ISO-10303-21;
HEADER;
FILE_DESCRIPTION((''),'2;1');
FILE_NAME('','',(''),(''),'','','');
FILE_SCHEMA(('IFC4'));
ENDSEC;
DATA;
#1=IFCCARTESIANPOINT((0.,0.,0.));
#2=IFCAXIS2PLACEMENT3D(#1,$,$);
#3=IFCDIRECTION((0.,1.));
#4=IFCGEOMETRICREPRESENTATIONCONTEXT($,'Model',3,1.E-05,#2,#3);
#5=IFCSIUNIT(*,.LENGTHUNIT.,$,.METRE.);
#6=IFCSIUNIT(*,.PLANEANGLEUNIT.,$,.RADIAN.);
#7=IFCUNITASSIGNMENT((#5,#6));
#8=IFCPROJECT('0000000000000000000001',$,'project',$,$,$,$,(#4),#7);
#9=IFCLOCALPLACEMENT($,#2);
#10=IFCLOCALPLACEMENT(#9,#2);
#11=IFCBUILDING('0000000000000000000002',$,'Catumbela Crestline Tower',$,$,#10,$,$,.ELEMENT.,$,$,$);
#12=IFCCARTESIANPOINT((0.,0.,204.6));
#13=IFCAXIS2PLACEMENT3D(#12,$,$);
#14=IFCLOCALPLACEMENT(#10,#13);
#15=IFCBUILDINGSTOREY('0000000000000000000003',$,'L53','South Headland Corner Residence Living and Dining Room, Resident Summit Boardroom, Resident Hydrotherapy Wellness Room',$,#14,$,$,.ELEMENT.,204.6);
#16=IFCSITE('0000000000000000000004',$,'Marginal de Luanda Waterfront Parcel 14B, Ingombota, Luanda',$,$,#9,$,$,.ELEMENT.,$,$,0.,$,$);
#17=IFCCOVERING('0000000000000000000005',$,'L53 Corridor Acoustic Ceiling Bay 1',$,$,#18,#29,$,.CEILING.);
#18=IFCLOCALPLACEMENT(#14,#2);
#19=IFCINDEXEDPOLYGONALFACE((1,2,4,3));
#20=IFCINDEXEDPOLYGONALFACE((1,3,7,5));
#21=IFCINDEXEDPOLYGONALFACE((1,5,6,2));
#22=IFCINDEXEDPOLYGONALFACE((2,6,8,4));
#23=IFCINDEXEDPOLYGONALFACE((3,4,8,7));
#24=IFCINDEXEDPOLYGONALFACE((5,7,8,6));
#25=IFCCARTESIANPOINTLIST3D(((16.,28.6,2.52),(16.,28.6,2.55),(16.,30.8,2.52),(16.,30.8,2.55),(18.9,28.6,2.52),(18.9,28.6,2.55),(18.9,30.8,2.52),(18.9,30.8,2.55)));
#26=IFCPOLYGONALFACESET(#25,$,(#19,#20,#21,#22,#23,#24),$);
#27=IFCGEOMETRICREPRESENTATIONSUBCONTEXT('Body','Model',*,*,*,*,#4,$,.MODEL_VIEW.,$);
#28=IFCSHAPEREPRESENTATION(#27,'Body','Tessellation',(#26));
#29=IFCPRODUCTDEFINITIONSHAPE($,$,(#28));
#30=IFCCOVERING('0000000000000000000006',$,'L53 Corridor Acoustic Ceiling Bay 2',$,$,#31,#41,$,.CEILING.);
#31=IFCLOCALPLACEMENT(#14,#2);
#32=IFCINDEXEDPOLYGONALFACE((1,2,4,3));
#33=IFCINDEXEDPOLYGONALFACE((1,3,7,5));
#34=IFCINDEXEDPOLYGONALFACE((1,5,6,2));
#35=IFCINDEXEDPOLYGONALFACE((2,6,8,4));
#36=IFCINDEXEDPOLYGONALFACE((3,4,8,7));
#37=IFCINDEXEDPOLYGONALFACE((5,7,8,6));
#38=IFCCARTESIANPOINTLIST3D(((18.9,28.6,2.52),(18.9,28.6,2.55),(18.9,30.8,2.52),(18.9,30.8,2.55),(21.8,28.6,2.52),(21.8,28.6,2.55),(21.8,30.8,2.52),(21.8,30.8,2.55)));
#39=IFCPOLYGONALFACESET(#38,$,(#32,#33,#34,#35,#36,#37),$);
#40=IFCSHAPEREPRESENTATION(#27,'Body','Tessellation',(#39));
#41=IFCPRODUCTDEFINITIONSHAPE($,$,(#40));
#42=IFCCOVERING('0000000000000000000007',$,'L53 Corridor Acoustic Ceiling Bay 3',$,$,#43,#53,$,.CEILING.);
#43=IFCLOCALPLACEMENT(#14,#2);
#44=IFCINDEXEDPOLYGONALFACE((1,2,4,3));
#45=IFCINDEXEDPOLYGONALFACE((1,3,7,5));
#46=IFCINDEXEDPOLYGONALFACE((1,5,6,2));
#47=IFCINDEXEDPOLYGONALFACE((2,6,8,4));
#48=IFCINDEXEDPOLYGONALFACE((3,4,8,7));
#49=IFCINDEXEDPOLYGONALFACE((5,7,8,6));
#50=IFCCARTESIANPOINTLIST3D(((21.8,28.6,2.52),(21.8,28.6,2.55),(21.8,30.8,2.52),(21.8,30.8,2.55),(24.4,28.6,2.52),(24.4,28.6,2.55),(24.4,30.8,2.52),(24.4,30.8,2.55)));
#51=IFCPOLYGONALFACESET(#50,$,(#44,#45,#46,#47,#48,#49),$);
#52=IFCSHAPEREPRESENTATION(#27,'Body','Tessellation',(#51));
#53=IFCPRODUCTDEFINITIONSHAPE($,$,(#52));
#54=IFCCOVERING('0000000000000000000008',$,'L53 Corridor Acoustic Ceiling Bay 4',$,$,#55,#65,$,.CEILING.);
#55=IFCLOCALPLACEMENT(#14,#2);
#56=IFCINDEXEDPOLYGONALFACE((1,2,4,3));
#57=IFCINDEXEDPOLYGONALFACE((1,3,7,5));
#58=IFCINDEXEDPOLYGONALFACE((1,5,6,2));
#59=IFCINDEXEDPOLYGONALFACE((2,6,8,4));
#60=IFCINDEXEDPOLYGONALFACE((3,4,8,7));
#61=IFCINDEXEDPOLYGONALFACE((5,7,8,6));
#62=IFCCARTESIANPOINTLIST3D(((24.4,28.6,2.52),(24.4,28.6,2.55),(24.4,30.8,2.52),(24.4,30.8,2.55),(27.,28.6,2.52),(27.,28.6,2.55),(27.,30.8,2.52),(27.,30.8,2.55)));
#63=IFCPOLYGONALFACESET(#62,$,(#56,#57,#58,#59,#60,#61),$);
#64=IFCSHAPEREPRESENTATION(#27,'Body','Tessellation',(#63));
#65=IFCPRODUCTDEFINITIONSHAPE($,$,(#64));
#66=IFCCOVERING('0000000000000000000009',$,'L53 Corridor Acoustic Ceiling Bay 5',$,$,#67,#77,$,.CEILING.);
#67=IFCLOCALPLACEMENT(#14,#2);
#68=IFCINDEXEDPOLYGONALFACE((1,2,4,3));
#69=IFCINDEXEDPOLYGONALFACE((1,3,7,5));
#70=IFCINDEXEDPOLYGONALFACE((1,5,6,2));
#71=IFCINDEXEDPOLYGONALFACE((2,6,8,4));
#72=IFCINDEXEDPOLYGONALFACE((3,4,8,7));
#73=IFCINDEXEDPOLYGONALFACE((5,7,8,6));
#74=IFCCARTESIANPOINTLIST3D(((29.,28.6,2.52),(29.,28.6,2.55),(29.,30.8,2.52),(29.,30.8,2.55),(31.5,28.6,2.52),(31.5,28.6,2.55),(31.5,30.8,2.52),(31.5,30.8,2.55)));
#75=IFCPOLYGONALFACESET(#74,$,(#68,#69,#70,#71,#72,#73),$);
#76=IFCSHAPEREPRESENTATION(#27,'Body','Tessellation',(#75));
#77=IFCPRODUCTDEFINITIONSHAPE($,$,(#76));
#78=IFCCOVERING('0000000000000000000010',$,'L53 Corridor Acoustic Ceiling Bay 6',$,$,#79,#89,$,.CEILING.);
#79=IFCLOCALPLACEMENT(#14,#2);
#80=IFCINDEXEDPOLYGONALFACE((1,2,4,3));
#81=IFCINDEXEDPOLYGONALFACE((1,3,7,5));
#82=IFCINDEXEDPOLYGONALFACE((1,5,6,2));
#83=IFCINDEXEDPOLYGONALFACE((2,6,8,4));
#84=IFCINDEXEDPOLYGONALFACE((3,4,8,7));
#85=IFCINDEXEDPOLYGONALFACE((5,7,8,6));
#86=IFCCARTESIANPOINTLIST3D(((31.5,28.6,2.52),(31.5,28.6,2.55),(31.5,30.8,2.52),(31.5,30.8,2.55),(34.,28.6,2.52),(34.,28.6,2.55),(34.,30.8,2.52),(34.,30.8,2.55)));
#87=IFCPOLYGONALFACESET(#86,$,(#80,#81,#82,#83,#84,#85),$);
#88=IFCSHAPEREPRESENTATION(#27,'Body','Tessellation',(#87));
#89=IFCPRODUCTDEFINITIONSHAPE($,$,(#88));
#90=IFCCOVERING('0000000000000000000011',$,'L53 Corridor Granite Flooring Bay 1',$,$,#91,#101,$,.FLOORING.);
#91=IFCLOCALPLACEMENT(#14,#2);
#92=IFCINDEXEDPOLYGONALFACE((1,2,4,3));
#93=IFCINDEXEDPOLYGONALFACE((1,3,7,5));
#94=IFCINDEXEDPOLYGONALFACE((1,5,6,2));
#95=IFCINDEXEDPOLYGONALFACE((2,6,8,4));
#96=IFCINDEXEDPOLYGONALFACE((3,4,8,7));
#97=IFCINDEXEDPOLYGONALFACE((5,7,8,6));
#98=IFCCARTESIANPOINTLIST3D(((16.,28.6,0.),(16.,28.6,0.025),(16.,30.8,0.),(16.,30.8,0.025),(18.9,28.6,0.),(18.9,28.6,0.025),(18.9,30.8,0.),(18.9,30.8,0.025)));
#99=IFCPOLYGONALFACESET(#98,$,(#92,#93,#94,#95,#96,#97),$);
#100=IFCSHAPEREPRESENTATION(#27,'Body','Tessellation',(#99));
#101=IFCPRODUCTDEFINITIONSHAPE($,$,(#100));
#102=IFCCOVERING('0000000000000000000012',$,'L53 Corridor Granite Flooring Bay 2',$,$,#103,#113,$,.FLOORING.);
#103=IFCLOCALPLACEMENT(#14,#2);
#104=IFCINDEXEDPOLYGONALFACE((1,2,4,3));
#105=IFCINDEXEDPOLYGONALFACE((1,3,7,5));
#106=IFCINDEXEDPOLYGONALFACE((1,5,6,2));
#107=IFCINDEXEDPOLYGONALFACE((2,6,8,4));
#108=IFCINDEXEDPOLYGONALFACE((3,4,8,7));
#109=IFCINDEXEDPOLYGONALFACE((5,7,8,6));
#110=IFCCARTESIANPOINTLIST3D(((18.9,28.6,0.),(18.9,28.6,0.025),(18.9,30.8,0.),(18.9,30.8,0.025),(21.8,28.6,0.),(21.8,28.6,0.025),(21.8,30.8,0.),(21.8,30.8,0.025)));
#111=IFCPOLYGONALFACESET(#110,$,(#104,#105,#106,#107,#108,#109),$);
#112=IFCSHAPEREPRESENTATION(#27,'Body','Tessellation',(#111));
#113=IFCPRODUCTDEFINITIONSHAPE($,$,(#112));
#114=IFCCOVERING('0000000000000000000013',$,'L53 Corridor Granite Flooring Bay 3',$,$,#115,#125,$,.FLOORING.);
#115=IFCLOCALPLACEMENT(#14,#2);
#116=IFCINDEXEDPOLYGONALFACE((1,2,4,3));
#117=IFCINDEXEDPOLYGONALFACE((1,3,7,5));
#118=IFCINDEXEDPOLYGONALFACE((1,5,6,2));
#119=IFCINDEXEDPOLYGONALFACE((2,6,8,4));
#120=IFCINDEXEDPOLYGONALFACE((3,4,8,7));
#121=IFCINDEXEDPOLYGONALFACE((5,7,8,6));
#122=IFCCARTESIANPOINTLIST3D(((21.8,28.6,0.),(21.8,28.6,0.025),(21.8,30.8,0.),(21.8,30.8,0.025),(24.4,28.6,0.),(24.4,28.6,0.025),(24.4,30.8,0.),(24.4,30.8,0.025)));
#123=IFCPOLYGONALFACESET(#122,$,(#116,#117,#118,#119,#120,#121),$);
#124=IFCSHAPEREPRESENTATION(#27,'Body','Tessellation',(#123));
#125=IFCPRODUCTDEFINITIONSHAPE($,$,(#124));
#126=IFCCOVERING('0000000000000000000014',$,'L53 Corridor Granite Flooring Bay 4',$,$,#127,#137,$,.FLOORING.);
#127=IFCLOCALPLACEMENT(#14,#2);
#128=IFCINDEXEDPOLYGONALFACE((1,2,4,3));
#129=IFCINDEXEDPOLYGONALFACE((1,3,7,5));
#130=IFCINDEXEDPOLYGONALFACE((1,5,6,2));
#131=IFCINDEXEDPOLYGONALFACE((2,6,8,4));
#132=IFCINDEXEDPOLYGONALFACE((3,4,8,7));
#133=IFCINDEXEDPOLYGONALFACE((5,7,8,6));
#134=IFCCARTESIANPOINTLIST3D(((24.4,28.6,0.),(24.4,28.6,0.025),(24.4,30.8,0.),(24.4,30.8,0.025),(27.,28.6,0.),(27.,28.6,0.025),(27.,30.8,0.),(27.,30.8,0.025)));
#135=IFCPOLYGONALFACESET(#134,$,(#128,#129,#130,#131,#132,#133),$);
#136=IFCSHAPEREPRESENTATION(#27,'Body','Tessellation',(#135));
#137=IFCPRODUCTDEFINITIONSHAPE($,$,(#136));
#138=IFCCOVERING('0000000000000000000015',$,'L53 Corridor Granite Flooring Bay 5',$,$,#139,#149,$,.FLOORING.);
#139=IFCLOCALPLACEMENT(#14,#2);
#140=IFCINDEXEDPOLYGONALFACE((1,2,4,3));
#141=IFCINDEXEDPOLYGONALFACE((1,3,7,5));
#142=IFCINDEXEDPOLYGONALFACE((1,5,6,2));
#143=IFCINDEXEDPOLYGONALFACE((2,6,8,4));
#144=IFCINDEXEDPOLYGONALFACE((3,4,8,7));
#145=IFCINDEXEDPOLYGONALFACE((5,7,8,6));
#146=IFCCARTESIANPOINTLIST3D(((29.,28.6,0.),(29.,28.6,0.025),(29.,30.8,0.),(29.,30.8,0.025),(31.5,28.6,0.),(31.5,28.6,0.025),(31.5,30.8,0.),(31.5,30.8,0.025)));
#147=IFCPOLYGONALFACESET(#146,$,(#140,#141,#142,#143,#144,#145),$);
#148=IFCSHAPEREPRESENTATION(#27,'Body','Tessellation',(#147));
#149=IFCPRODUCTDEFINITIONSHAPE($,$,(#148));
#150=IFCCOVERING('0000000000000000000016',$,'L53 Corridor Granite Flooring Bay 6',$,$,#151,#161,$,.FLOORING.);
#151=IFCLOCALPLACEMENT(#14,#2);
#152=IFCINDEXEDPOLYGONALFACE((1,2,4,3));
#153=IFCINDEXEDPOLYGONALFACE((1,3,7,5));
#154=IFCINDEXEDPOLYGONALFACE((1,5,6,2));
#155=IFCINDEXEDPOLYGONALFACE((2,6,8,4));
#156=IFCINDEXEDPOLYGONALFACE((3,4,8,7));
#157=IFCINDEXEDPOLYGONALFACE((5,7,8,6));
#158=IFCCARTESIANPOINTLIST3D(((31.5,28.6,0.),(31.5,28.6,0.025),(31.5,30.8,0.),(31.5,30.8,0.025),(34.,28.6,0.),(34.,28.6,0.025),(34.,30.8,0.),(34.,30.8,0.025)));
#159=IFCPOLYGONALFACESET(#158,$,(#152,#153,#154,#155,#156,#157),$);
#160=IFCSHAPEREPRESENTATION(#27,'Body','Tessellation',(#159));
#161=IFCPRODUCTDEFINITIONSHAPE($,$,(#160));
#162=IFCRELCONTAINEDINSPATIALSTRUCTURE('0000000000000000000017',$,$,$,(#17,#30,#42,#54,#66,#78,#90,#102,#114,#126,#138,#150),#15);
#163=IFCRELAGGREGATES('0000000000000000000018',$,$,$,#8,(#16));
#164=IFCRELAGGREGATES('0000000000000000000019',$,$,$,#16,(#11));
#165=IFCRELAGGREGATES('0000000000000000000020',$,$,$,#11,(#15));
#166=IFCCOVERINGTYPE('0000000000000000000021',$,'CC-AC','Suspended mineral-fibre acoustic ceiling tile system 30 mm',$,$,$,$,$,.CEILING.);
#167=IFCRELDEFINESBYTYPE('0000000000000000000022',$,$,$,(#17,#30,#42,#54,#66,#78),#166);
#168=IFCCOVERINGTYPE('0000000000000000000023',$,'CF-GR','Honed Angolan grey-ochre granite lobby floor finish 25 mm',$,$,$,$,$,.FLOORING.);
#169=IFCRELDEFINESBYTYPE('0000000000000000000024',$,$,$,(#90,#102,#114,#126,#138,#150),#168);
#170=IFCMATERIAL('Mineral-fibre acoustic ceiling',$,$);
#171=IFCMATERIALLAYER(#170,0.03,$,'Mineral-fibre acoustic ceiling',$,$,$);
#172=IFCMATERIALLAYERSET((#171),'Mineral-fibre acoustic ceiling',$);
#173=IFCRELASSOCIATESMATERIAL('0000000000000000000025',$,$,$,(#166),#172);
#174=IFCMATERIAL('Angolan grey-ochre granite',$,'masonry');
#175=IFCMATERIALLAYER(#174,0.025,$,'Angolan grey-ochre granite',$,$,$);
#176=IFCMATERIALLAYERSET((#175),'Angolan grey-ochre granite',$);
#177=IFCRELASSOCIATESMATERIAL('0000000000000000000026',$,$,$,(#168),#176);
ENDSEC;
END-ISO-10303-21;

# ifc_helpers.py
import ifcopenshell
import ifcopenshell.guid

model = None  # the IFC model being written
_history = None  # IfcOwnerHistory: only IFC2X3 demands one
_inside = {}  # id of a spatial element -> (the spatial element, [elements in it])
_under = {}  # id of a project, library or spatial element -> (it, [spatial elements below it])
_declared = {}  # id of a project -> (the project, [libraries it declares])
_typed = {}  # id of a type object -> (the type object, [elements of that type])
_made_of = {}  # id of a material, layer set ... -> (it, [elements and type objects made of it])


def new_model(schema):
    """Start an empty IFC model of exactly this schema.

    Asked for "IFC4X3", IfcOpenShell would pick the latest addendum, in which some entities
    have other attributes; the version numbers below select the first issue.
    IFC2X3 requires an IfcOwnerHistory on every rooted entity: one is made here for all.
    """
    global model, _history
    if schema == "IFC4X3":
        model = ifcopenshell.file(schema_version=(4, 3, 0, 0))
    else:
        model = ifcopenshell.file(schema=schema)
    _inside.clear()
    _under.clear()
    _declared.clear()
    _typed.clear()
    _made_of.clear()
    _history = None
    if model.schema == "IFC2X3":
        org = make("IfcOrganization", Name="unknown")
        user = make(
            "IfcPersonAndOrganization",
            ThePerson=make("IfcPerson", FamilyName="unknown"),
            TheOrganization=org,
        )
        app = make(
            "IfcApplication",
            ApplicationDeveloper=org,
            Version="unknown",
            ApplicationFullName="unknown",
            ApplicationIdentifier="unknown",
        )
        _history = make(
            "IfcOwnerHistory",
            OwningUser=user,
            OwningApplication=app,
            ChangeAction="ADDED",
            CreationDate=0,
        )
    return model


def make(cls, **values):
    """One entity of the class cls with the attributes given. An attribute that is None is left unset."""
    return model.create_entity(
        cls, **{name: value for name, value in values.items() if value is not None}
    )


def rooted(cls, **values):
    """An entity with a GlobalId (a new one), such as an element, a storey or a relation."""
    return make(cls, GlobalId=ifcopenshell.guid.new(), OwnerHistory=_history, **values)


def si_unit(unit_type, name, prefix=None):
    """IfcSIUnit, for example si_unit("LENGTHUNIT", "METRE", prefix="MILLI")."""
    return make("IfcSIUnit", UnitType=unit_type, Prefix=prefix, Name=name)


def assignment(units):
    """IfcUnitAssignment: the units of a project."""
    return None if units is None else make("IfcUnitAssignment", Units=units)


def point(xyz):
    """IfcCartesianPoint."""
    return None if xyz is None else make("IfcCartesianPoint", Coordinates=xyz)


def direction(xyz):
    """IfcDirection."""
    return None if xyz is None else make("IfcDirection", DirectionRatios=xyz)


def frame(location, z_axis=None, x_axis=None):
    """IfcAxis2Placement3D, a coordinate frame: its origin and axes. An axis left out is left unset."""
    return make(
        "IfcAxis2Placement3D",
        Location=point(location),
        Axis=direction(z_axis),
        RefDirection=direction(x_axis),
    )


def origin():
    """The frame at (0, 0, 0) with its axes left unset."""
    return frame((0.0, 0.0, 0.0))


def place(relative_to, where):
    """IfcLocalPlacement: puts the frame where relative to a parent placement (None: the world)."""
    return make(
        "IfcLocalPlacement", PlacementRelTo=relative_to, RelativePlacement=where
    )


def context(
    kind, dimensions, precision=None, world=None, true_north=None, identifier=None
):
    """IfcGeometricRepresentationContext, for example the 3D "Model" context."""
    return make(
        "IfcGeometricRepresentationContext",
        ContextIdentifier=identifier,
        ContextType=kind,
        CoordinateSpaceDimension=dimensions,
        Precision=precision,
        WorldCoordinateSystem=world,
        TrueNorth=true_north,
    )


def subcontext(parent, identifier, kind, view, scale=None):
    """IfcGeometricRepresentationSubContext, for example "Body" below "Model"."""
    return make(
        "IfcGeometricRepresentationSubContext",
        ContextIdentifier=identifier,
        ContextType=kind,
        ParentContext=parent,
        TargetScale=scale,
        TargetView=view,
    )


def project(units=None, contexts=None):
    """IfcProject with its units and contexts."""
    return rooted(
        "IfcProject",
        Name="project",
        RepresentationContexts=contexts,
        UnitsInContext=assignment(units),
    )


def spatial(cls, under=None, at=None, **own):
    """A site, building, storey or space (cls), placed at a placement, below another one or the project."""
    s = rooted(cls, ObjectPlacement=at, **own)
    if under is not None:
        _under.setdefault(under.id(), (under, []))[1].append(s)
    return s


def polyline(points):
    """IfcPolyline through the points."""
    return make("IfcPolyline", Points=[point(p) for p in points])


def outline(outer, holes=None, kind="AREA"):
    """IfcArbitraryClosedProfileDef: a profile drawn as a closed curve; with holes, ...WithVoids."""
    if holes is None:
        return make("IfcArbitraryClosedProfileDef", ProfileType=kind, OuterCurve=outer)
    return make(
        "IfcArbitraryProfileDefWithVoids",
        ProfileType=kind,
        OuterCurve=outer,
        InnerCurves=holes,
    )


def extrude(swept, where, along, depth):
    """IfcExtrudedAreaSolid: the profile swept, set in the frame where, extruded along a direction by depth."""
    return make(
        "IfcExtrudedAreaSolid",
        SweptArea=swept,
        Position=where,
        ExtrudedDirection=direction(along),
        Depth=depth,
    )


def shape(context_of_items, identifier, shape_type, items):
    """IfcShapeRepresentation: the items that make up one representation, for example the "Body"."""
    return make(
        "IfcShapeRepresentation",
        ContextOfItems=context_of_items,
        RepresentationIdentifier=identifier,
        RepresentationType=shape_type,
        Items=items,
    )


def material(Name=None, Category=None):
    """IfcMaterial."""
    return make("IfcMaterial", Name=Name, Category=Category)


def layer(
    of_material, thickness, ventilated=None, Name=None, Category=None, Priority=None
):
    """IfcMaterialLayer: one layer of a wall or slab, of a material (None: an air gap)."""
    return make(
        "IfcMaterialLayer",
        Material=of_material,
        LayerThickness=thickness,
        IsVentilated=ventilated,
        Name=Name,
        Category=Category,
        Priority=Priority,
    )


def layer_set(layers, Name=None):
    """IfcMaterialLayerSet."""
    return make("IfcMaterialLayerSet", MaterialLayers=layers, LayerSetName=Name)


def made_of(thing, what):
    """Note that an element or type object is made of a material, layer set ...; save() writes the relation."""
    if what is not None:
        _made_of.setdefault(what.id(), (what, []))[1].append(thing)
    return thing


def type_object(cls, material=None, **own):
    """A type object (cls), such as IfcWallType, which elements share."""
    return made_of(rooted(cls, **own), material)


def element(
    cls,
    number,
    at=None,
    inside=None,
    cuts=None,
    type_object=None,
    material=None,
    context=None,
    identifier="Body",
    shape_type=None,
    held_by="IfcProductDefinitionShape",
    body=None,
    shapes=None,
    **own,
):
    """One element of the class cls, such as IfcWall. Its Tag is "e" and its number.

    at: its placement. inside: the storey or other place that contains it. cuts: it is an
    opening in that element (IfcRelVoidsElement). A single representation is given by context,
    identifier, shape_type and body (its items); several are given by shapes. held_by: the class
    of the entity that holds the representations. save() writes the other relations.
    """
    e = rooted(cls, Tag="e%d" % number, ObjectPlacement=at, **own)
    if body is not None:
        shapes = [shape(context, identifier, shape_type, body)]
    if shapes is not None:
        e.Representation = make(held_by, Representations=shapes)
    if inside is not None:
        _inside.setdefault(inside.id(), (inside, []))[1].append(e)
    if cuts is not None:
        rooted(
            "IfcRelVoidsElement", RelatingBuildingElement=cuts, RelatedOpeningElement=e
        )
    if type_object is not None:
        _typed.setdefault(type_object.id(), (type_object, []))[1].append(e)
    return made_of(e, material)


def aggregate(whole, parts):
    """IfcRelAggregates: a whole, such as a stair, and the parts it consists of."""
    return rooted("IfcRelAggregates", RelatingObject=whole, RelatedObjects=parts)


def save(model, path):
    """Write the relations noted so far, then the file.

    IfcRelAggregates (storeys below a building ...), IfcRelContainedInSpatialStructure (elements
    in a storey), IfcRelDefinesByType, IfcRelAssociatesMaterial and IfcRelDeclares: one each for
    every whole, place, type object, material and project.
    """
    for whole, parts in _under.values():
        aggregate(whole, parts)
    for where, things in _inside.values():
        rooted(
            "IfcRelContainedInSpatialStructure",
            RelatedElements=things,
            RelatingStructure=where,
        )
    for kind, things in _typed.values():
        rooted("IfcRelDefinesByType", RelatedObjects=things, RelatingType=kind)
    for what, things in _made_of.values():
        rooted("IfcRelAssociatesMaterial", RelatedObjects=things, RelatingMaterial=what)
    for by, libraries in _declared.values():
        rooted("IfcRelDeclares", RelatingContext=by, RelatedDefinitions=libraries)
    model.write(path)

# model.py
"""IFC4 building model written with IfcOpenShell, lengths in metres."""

from ifc_helpers import new_model, si_unit, direction, frame, origin, place, context, subcontext, project, spatial, polyline, outline, extrude, material, layer, layer_set, type_object, element, save


model = new_model("IFC4")

# Units and contexts
model_context = context("Model", 3, precision=1e-05, world=origin(), true_north=direction((0.0, 1.0)))
body_context = subcontext(model_context, "Body", "Model", "MODEL_VIEW")
ifc_project = project(units=[si_unit("LENGTHUNIT", "METRE"), si_unit("PLANEANGLEUNIT", "RADIAN")], contexts=[model_context])

# Site, building, storey
site_placement = place(None, origin())
site = spatial("IfcSite", under=ifc_project, at=site_placement, Name="Marginal de Luanda Waterfront Parcel 14B, Ingombota, Luanda", CompositionType="ELEMENT", RefElevation=0.0)
building_placement = place(site_placement, origin())
building = spatial("IfcBuilding", under=site, at=building_placement, Name="Catumbela Crestline Tower", CompositionType="ELEMENT")
storey_placement = place(building_placement, frame((0.0, 0.0, 204.6)))
storey = spatial("IfcBuildingStorey", under=building, at=storey_placement, Name="L53", Description="South Headland Corner Residence Living and Dining Room, Resident Summit Boardroom, Resident Hydrotherapy Wellness Room", CompositionType="ELEMENT", Elevation=204.6)

# Coverings
ifc_material_1 = material(Name="Mineral-fibre acoustic ceiling")
ifc_layer_1 = layer(ifc_material_1, 0.03, Name="Mineral-fibre acoustic ceiling")
ifc_layer_set_1 = layer_set([ifc_layer_1], Name="Mineral-fibre acoustic ceiling")
covering_type_1 = type_object("IfcCoveringType", Name="CC-AC", Description="Suspended mineral-fibre acoustic ceiling tile system 30 mm", PredefinedType="CEILING", material=ifc_layer_set_1)
covering_1_placement = place(storey_placement, frame((0.0, 0.0, 2.52)))
element("IfcCovering", 1, at=covering_1_placement, inside=storey, type_object=covering_type_1, Name="L53 Corridor Acoustic Ceiling Bay 1", PredefinedType="CEILING", context=body_context, shape_type="SweptSolid", body=[
    extrude(outline(polyline([(16.0, 28.6), (18.9, 28.6), (18.9, 30.8), (16.0, 30.8), (16.0, 28.6)])), origin(), (0.0, 0.0, 1.0), 0.03),
])
covering_2_placement = place(storey_placement, frame((0.0, 0.0, 2.52)))
element("IfcCovering", 2, at=covering_2_placement, inside=storey, type_object=covering_type_1, Name="L53 Corridor Acoustic Ceiling Bay 2", PredefinedType="CEILING", context=body_context, shape_type="SweptSolid", body=[
    extrude(outline(polyline([(18.9, 28.6), (21.8, 28.6), (21.8, 30.8), (18.9, 30.8), (18.9, 28.6)])), origin(), (0.0, 0.0, 1.0), 0.03),
])
covering_3_placement = place(storey_placement, frame((0.0, 0.0, 2.52)))
element("IfcCovering", 3, at=covering_3_placement, inside=storey, type_object=covering_type_1, Name="L53 Corridor Acoustic Ceiling Bay 3", PredefinedType="CEILING", context=body_context, shape_type="SweptSolid", body=[
    extrude(outline(polyline([(21.8, 28.6), (24.4, 28.6), (24.4, 30.8), (21.8, 30.8), (21.8, 28.6)])), origin(), (0.0, 0.0, 1.0), 0.03),
])
covering_4_placement = place(storey_placement, frame((0.0, 0.0, 2.52)))
element("IfcCovering", 4, at=covering_4_placement, inside=storey, type_object=covering_type_1, Name="L53 Corridor Acoustic Ceiling Bay 4", PredefinedType="CEILING", context=body_context, shape_type="SweptSolid", body=[
    extrude(outline(polyline([(24.4, 28.6), (27.0, 28.6), (27.0, 30.8), (24.4, 30.8), (24.4, 28.6)])), origin(), (0.0, 0.0, 1.0), 0.03),
])
covering_5_placement = place(storey_placement, frame((0.0, 0.0, 2.52)))
element("IfcCovering", 5, at=covering_5_placement, inside=storey, type_object=covering_type_1, Name="L53 Corridor Acoustic Ceiling Bay 5", PredefinedType="CEILING", context=body_context, shape_type="SweptSolid", body=[
    extrude(outline(polyline([(29.0, 28.6), (31.5, 28.6), (31.5, 30.8), (29.0, 30.8), (29.0, 28.6)])), origin(), (0.0, 0.0, 1.0), 0.03),
])
covering_6_placement = place(storey_placement, frame((0.0, 0.0, 2.52)))
element("IfcCovering", 6, at=covering_6_placement, inside=storey, type_object=covering_type_1, Name="L53 Corridor Acoustic Ceiling Bay 6", PredefinedType="CEILING", context=body_context, shape_type="SweptSolid", body=[
    extrude(outline(polyline([(31.5, 28.6), (34.0, 28.6), (34.0, 30.8), (31.5, 30.8), (31.5, 28.6)])), origin(), (0.0, 0.0, 1.0), 0.03),
])
ifc_material_2 = material(Name="Angolan grey-ochre granite", Category="masonry")
ifc_layer_2 = layer(ifc_material_2, 0.025, Name="Angolan grey-ochre granite")
ifc_layer_set_2 = layer_set([ifc_layer_2], Name="Angolan grey-ochre granite")
covering_type_2 = type_object("IfcCoveringType", Name="CF-GR", Description="Honed Angolan grey-ochre granite lobby floor finish 25 mm", PredefinedType="FLOORING", material=ifc_layer_set_2)
covering_7_placement = place(storey_placement, origin())
element("IfcCovering", 7, at=covering_7_placement, inside=storey, type_object=covering_type_2, Name="L53 Corridor Granite Flooring Bay 1", PredefinedType="FLOORING", context=body_context, shape_type="SweptSolid", body=[
    extrude(outline(polyline([(16.0, 28.6), (18.9, 28.6), (18.9, 30.8), (16.0, 30.8), (16.0, 28.6)])), origin(), (0.0, 0.0, 1.0), 0.025),
])
covering_8_placement = place(storey_placement, origin())
element("IfcCovering", 8, at=covering_8_placement, inside=storey, type_object=covering_type_2, Name="L53 Corridor Granite Flooring Bay 2", PredefinedType="FLOORING", context=body_context, shape_type="SweptSolid", body=[
    extrude(outline(polyline([(18.9, 28.6), (21.8, 28.6), (21.8, 30.8), (18.9, 30.8), (18.9, 28.6)])), origin(), (0.0, 0.0, 1.0), 0.025),
])
covering_9_placement = place(storey_placement, origin())
element("IfcCovering", 9, at=covering_9_placement, inside=storey, type_object=covering_type_2, Name="L53 Corridor Granite Flooring Bay 3", PredefinedType="FLOORING", context=body_context, shape_type="SweptSolid", body=[
    extrude(outline(polyline([(21.8, 28.6), (24.4, 28.6), (24.4, 30.8), (21.8, 30.8), (21.8, 28.6)])), origin(), (0.0, 0.0, 1.0), 0.025),
])
covering_10_placement = place(storey_placement, origin())
element("IfcCovering", 10, at=covering_10_placement, inside=storey, type_object=covering_type_2, Name="L53 Corridor Granite Flooring Bay 4", PredefinedType="FLOORING", context=body_context, shape_type="SweptSolid", body=[
    extrude(outline(polyline([(24.4, 28.6), (27.0, 28.6), (27.0, 30.8), (24.4, 30.8), (24.4, 28.6)])), origin(), (0.0, 0.0, 1.0), 0.025),
])
covering_11_placement = place(storey_placement, origin())
element("IfcCovering", 11, at=covering_11_placement, inside=storey, type_object=covering_type_2, Name="L53 Corridor Granite Flooring Bay 5", PredefinedType="FLOORING", context=body_context, shape_type="SweptSolid", body=[
    extrude(outline(polyline([(29.0, 28.6), (31.5, 28.6), (31.5, 30.8), (29.0, 30.8), (29.0, 28.6)])), origin(), (0.0, 0.0, 1.0), 0.025),
])
covering_12_placement = place(storey_placement, origin())
element("IfcCovering", 12, at=covering_12_placement, inside=storey, type_object=covering_type_2, Name="L53 Corridor Granite Flooring Bay 6", PredefinedType="FLOORING", context=body_context, shape_type="SweptSolid", body=[
    extrude(outline(polyline([(31.5, 28.6), (34.0, 28.6), (34.0, 30.8), (31.5, 30.8), (31.5, 28.6)])), origin(), (0.0, 0.0, 1.0), 0.025),
])

save(model, "model.ifc")
